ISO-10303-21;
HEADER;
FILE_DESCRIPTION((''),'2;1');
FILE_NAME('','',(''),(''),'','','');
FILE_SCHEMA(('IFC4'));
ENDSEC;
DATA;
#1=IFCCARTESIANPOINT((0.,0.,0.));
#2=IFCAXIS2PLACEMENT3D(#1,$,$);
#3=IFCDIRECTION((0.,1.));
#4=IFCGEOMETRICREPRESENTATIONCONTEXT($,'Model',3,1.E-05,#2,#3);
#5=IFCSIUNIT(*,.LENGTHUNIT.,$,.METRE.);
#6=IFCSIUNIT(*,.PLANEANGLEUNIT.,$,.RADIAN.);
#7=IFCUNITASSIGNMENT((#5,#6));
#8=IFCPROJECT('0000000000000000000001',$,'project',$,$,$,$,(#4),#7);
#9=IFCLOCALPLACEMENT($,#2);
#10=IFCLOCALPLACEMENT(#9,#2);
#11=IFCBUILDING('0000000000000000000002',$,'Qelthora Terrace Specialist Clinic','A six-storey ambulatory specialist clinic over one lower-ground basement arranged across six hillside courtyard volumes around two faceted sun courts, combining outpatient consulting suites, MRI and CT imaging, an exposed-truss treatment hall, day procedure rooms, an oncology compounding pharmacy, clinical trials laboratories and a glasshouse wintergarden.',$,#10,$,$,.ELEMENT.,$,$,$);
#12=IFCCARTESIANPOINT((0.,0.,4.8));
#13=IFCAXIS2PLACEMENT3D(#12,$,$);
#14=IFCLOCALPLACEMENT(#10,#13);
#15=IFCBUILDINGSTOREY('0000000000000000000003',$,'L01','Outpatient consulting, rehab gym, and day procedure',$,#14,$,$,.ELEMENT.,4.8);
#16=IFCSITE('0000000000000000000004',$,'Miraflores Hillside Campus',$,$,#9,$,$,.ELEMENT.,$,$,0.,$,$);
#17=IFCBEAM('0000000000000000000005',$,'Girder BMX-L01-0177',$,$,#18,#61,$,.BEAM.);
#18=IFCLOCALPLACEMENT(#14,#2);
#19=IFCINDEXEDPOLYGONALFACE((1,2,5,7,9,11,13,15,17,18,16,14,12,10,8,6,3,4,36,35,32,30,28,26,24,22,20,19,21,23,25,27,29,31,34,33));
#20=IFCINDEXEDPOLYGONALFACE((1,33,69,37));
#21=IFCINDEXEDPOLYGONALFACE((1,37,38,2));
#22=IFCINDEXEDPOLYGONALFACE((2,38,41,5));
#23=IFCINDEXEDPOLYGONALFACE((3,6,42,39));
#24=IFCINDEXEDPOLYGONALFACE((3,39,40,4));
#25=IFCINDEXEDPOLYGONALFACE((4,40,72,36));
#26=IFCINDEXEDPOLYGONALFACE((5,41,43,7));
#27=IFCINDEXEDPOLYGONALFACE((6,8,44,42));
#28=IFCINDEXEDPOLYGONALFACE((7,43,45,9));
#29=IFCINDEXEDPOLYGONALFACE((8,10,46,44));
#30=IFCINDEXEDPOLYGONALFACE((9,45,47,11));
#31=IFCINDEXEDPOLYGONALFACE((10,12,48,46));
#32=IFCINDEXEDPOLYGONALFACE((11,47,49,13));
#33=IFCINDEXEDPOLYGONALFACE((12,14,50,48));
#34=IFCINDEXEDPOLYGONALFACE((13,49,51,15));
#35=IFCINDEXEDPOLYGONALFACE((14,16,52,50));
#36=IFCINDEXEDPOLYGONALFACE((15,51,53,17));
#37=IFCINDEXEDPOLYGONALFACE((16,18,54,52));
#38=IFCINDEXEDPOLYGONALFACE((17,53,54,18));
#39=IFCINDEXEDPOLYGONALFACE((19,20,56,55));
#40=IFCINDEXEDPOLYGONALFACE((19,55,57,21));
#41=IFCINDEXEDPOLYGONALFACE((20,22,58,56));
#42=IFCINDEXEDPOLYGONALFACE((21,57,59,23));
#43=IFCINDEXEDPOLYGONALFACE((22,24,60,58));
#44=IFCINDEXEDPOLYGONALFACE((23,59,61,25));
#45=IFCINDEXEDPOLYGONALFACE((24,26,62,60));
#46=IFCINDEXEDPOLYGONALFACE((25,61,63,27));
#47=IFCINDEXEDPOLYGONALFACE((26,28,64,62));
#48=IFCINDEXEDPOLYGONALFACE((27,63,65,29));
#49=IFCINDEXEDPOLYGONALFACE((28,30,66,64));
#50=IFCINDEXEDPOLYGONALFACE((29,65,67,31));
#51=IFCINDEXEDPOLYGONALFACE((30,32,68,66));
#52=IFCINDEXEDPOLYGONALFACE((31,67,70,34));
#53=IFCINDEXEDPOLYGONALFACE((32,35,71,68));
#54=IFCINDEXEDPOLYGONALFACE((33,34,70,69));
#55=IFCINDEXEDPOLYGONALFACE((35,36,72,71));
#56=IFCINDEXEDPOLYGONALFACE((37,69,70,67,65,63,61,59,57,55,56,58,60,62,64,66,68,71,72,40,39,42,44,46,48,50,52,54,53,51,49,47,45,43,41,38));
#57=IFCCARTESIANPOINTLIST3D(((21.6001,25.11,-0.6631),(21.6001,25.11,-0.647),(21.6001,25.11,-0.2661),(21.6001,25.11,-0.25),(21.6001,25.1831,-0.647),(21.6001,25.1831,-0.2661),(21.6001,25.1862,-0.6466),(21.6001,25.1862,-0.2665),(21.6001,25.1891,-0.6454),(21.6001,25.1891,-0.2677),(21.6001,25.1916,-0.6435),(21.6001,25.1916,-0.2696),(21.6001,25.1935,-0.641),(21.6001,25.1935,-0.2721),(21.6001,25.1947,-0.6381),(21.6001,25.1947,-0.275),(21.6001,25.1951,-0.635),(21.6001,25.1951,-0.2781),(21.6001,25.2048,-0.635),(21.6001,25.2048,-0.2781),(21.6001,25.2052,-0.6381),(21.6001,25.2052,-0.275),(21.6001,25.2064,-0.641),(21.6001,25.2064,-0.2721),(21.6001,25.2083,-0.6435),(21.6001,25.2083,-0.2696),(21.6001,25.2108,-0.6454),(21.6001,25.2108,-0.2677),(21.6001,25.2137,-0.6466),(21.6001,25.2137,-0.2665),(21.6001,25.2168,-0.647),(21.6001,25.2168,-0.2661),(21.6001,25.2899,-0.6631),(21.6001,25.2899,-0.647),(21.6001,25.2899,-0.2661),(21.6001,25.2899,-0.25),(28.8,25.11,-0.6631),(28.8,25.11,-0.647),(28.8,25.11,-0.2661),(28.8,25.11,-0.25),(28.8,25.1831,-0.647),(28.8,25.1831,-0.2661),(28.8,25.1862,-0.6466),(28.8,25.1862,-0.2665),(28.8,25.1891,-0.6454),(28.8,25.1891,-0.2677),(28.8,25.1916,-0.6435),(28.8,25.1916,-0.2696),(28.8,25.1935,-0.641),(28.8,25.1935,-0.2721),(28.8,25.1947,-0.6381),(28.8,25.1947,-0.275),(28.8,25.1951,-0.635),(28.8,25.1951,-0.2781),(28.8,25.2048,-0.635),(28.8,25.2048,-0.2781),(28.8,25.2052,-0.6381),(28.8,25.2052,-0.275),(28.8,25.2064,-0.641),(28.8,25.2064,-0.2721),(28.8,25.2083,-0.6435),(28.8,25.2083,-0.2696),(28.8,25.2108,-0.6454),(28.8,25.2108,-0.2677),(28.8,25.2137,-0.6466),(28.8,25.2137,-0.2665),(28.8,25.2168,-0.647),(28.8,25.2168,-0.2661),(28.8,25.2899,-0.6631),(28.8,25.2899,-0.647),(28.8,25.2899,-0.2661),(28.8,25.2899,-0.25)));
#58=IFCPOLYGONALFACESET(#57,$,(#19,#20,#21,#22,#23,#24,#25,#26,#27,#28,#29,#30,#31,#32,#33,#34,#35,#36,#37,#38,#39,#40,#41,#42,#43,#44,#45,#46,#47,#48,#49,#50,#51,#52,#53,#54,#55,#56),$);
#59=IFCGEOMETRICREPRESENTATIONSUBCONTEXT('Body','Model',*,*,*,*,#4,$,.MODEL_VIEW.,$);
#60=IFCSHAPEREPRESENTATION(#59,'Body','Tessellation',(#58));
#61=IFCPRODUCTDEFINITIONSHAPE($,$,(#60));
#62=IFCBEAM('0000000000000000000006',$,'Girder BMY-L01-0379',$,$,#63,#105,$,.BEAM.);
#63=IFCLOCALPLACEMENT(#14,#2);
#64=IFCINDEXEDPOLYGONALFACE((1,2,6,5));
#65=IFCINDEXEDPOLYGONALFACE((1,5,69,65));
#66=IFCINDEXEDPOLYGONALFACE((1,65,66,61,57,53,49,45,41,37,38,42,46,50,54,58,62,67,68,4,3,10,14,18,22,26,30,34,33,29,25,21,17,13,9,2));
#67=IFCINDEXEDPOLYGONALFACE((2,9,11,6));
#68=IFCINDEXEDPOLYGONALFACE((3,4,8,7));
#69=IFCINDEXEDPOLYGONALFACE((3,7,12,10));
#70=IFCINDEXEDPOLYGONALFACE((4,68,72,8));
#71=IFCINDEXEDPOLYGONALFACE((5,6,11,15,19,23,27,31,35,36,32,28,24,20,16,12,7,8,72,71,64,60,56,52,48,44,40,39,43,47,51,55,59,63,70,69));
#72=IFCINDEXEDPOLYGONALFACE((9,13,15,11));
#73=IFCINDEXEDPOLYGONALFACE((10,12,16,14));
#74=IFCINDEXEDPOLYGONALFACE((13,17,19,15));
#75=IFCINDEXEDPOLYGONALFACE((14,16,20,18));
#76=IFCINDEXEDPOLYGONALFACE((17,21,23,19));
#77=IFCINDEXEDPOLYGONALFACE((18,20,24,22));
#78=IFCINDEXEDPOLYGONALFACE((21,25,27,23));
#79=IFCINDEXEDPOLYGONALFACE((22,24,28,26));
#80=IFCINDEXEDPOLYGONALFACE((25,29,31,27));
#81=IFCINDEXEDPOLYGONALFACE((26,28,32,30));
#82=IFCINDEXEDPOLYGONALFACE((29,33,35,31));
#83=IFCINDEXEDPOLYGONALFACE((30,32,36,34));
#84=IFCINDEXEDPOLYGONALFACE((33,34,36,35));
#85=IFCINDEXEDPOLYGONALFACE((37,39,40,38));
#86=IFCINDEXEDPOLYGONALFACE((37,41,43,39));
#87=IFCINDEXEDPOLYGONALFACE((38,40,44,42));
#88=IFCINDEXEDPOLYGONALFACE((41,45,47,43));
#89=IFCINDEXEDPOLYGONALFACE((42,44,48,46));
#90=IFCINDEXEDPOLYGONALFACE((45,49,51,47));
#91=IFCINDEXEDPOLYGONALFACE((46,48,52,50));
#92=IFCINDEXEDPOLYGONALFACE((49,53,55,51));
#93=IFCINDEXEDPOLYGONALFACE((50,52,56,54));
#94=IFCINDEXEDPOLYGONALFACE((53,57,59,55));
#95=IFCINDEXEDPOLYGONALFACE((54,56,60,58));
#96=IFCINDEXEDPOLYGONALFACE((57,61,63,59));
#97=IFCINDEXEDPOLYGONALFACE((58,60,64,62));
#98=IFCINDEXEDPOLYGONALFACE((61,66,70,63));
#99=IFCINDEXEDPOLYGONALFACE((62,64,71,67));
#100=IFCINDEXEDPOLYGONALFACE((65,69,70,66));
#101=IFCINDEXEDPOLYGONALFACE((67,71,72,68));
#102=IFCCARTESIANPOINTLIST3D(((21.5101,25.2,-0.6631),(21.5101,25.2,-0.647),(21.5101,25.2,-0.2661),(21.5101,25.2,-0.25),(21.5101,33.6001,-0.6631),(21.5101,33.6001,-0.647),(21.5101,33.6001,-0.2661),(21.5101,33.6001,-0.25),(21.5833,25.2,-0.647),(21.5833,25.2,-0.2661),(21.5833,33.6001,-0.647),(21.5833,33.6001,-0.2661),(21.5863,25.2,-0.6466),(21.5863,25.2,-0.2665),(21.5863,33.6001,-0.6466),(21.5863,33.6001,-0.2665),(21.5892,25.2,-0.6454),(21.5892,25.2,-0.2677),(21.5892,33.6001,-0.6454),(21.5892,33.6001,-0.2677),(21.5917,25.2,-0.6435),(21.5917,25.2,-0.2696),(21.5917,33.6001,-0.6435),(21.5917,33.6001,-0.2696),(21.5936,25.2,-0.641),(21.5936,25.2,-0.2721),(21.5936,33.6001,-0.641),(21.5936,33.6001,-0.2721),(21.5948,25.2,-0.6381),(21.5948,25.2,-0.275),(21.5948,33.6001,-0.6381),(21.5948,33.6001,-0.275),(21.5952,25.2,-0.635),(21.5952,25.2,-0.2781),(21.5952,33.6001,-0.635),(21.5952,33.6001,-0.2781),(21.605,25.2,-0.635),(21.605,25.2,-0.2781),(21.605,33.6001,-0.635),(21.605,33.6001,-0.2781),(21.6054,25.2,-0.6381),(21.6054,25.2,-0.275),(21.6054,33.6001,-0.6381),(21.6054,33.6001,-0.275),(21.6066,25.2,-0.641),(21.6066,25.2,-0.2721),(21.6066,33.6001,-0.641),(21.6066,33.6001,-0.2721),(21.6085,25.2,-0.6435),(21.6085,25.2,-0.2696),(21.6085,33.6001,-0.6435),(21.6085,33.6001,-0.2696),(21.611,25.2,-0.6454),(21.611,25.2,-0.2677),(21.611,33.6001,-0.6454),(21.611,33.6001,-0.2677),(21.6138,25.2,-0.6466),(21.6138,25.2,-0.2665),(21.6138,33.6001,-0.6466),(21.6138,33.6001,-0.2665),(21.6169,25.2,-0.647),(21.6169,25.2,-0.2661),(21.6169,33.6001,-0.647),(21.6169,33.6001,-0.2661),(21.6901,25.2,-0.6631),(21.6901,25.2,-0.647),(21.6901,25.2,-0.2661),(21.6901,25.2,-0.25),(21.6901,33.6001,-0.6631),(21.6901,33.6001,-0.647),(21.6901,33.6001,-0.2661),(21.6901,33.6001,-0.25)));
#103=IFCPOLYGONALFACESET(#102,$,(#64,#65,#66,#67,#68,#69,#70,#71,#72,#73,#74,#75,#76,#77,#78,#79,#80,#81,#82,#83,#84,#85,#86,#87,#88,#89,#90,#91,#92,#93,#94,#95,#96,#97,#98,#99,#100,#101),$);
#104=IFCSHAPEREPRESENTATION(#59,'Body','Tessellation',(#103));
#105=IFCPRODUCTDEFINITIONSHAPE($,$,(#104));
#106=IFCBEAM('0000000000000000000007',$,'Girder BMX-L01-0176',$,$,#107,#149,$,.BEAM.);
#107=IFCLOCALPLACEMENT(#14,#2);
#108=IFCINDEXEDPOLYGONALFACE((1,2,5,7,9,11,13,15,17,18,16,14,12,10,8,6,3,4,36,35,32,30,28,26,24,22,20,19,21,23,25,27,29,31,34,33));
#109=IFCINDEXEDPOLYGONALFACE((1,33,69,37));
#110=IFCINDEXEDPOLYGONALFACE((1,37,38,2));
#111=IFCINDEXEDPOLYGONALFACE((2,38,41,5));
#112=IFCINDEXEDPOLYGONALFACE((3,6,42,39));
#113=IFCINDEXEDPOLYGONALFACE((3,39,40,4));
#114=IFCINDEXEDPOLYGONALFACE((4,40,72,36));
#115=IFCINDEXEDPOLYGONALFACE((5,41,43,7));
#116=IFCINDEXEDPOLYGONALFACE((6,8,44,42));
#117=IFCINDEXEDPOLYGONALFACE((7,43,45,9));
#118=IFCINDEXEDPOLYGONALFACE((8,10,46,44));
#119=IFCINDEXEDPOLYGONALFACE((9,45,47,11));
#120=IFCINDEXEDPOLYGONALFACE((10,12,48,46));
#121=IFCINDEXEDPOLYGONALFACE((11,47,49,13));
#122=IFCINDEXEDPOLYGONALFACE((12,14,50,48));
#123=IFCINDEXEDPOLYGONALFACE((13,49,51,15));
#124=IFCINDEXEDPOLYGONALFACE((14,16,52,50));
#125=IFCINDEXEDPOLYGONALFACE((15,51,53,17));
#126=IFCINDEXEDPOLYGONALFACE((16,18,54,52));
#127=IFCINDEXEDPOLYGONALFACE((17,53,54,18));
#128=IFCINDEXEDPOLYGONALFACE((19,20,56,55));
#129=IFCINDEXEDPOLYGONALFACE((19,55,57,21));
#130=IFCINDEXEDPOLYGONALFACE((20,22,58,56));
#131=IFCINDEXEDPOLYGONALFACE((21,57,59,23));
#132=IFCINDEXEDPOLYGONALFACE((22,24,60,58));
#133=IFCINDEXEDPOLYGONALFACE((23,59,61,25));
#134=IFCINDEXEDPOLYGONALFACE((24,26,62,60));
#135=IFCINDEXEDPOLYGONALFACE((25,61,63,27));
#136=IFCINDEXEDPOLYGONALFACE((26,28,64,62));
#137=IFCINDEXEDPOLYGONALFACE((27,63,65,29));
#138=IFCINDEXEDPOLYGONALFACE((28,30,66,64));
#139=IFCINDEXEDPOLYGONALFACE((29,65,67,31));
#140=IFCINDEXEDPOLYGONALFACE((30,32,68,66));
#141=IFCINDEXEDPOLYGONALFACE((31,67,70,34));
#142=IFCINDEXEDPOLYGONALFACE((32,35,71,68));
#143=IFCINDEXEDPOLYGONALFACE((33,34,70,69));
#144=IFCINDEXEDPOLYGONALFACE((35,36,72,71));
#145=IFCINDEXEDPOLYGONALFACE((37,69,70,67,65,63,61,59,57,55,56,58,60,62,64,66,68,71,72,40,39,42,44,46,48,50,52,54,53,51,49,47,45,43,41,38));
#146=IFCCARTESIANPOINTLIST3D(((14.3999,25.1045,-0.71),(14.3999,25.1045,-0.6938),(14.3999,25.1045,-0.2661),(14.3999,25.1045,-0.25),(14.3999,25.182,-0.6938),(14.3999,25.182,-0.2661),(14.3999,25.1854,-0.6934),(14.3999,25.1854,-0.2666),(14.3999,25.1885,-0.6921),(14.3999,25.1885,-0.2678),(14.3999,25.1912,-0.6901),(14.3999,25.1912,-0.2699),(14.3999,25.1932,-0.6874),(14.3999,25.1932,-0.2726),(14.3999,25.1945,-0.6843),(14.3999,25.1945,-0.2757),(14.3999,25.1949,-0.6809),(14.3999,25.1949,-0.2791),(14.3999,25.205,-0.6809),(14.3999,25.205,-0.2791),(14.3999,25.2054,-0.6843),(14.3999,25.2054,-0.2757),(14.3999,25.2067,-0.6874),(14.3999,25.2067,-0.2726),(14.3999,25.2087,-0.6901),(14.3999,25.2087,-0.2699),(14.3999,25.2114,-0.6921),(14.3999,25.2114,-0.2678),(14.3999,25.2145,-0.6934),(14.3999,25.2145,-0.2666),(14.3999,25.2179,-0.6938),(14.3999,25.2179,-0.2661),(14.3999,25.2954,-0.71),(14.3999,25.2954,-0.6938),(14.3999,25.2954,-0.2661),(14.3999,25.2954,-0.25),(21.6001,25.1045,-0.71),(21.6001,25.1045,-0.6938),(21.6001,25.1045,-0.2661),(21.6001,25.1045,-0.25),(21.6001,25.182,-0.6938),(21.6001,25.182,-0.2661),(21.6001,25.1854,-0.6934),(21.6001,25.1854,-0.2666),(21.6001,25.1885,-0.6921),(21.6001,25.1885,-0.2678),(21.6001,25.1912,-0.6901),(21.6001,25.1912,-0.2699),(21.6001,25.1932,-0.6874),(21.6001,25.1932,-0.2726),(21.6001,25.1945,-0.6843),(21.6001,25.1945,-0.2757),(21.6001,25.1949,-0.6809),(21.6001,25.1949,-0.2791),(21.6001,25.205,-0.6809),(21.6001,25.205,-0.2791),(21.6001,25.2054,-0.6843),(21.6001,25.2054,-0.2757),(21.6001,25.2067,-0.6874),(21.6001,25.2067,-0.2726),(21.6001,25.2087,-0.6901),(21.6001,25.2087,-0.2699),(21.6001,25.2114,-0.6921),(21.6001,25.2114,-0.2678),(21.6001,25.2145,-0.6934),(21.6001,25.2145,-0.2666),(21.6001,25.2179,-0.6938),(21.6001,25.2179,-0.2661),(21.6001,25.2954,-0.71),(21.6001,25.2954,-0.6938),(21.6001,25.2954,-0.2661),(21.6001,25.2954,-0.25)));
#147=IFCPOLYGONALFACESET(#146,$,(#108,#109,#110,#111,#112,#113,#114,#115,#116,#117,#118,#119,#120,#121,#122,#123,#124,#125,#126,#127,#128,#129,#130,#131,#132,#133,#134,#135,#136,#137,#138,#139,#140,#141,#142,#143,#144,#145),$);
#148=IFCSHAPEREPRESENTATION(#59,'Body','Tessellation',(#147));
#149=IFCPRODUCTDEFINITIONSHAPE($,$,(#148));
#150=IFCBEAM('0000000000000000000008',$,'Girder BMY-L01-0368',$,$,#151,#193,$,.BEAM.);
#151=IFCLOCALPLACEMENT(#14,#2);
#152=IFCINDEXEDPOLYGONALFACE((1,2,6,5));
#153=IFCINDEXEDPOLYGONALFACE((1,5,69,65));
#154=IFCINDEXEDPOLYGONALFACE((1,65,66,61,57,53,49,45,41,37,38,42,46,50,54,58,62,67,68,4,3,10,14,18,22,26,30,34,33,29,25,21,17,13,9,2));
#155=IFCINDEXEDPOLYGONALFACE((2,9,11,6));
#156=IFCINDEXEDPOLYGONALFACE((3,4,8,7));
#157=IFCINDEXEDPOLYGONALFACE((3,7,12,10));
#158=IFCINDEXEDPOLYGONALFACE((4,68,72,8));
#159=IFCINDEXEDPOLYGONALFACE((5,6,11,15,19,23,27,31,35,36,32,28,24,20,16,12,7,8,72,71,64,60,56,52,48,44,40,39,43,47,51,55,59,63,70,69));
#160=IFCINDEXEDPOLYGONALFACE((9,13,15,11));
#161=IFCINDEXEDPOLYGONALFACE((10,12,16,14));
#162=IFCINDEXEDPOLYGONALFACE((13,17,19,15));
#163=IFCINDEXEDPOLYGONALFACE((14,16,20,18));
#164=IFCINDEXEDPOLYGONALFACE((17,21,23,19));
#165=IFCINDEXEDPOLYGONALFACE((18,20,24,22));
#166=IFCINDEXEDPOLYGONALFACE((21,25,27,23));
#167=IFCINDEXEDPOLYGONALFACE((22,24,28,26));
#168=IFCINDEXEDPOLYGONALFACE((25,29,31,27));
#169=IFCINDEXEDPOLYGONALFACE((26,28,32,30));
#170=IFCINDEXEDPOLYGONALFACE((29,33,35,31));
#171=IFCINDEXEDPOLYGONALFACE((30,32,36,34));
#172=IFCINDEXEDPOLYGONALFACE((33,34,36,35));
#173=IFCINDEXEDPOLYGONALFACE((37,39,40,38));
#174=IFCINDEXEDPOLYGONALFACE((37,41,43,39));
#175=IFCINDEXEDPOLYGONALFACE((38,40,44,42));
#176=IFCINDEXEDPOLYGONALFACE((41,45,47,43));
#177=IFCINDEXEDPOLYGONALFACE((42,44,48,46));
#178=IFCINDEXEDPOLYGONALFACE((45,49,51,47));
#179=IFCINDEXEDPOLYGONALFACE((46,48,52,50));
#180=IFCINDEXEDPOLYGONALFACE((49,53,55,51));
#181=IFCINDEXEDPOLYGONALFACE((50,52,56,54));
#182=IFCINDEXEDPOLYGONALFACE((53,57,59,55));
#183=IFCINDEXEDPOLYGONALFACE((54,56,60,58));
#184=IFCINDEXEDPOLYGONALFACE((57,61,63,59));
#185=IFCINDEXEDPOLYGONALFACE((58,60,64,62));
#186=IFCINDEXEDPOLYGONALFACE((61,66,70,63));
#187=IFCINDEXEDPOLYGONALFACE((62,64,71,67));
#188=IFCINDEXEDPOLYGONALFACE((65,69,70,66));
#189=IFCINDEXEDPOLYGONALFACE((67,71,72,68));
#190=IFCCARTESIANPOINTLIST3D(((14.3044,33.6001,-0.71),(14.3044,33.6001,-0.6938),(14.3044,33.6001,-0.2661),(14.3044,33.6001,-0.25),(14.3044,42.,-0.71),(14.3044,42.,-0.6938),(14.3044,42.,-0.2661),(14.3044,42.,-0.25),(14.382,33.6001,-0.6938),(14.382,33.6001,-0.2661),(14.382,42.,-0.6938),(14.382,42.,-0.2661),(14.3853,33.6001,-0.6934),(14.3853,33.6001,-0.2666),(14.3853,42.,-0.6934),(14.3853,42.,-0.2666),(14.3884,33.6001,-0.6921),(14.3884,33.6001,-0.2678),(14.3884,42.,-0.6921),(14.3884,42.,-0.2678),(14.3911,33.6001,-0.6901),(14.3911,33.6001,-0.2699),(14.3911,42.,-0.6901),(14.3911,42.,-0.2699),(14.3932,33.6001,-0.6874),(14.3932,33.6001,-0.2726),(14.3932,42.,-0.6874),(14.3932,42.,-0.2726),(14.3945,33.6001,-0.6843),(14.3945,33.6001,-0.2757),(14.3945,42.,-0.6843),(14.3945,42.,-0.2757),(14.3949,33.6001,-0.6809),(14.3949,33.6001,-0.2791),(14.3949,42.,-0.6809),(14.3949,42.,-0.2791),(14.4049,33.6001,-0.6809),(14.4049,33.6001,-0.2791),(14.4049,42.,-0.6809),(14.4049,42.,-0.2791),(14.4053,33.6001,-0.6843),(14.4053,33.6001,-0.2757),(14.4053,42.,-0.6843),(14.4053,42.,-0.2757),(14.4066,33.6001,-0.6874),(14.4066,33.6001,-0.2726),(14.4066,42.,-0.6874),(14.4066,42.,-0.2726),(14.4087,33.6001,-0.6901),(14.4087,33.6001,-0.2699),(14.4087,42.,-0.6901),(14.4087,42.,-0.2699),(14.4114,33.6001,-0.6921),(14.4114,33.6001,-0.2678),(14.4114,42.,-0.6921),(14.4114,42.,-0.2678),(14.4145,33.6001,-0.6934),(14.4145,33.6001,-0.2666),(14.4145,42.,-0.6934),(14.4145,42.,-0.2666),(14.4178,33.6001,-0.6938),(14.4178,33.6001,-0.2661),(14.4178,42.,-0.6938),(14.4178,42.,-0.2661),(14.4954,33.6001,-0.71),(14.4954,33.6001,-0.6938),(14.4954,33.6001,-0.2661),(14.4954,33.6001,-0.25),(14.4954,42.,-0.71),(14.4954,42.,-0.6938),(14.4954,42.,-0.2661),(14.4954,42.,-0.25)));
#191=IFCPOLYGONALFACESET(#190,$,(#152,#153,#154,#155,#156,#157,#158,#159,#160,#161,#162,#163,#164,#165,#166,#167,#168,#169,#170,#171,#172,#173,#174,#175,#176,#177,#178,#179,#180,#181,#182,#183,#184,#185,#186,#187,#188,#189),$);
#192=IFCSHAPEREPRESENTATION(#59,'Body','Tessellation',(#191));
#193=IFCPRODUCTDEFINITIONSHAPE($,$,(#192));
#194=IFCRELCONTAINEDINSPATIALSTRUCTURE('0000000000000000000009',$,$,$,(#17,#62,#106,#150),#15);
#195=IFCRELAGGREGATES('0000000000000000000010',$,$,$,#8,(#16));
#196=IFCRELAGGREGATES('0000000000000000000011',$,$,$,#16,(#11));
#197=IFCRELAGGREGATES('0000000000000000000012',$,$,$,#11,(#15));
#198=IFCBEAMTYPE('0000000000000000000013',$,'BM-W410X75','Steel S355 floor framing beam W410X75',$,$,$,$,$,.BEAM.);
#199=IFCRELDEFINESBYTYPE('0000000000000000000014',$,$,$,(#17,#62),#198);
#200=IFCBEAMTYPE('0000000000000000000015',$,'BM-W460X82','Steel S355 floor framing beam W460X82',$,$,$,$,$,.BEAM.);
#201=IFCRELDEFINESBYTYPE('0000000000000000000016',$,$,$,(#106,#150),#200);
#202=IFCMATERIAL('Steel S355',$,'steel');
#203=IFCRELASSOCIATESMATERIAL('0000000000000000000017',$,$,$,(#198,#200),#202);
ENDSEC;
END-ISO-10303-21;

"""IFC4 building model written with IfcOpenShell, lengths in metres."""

from ifc_helpers import new_model, si_unit, direction, frame, origin, origin_2d, place, context, subcontext, project, spatial, i_section, extrude, material, material_profile, profile_set, type_object, element, save


model = new_model("IFC4")

# Units and contexts
model_context = context("Model", 3, precision=1e-05, world=origin(), true_north=direction((0.0, 1.0)))
body_context = subcontext(model_context, "Body", "Model", "MODEL_VIEW")
ifc_project = project(units=[si_unit("LENGTHUNIT", "METRE"), si_unit("PLANEANGLEUNIT", "RADIAN")], contexts=[model_context])

# Site, building, storey
site_placement = place(None, origin())
site = spatial("IfcSite", under=ifc_project, at=site_placement, Name="Miraflores Hillside Campus", CompositionType="ELEMENT", RefElevation=0.0)
building_placement = place(site_placement, origin())
building = spatial("IfcBuilding", under=site, at=building_placement, Name="Qelthora Terrace Specialist Clinic", Description="A six-storey ambulatory specialist clinic over one lower-ground basement arranged across six hillside courtyard volumes around two faceted sun courts, combining outpatient consulting suites, MRI and CT imaging, an exposed-truss treatment hall, day procedure rooms, an oncology compounding pharmacy, clinical trials laboratories and a glasshouse wintergarden.", CompositionType="ELEMENT")
storey_placement = place(building_placement, frame((0.0, 0.0, 4.8)))
storey = spatial("IfcBuildingStorey", under=building, at=storey_placement, Name="L01", Description="Outpatient consulting, rehab gym, and day procedure", CompositionType="ELEMENT", Elevation=4.8)

# Shared definitions
ifc_material_1 = material(Name="Steel S355", Category="steel")

# Beams
ifc_material_profile_1 = material_profile(ifc_material_1, i_section(OverallWidth=0.1799, OverallDepth=0.4131, WebThickness=0.0098, FlangeThickness=0.0161, FilletRadius=0.012, at=origin_2d()), Name="W410X75")
ifc_profile_set_1 = profile_set([ifc_material_profile_1], Name="Steel S355")
beam_type_1 = type_object("IfcBeamType", Name="BM-W410X75", Description="Steel S355 floor framing beam W410X75", PredefinedType="BEAM", material=ifc_profile_set_1)
beam_1_placement = place(storey_placement, frame((21.6001, 25.2, -0.4565), z_axis=(1.0, 0.0, 0.0), x_axis=(0.0, 1.0, 0.0)))
element("IfcBeam", 1, at=beam_1_placement, inside=storey, type_object=beam_type_1, Name="Girder BMX-L01-0177", PredefinedType="BEAM", context=body_context, shape_type="SweptSolid", body=[
    extrude(i_section(OverallWidth=0.1799, OverallDepth=0.4131, WebThickness=0.0098, FlangeThickness=0.0161, FilletRadius=0.012, at=origin_2d()), origin(), (0.0, 0.0, 1.0), 7.2),
])
beam_2_placement = place(storey_placement, frame((21.6001, 25.2, -0.4565), z_axis=(0.0, 1.0, 0.0), x_axis=(-1.0, 0.0, 0.0)))
element("IfcBeam", 2, at=beam_2_placement, inside=storey, type_object=beam_type_1, Name="Girder BMY-L01-0379", PredefinedType="BEAM", context=body_context, shape_type="SweptSolid", body=[
    extrude(i_section(OverallWidth=0.1799, OverallDepth=0.4131, WebThickness=0.0098, FlangeThickness=0.0161, FilletRadius=0.012, at=origin_2d()), origin(), (0.0, 0.0, 1.0), 8.4001),
])
ifc_material_profile_2 = material_profile(ifc_material_1, i_section(OverallWidth=0.1909, OverallDepth=0.46, WebThickness=0.01, FlangeThickness=0.0161, FilletRadius=0.0129, at=origin_2d()), Name="W460X82")
ifc_profile_set_2 = profile_set([ifc_material_profile_2], Name="Steel S355")
beam_type_2 = type_object("IfcBeamType", Name="BM-W460X82", Description="Steel S355 floor framing beam W460X82", PredefinedType="BEAM", material=ifc_profile_set_2)
beam_3_placement = place(storey_placement, frame((14.3999, 25.2, -0.48), z_axis=(1.0, 0.0, 0.0), x_axis=(0.0, 1.0, 0.0)))
element("IfcBeam", 3, at=beam_3_placement, inside=storey, type_object=beam_type_2, Name="Girder BMX-L01-0176", PredefinedType="BEAM", context=body_context, shape_type="SweptSolid", body=[
    extrude(i_section(OverallWidth=0.1909, OverallDepth=0.46, WebThickness=0.01, FlangeThickness=0.0161, FilletRadius=0.0129, at=origin_2d()), origin(), (0.0, 0.0, 1.0), 7.2002),
])
beam_4_placement = place(storey_placement, frame((14.3999, 33.6001, -0.48), z_axis=(0.0, 1.0, 0.0), x_axis=(-1.0, 0.0, 0.0)))
element("IfcBeam", 4, at=beam_4_placement, inside=storey, type_object=beam_type_2, Name="Girder BMY-L01-0368", PredefinedType="BEAM", context=body_context, shape_type="SweptSolid", body=[
    extrude(i_section(OverallWidth=0.1909, OverallDepth=0.46, WebThickness=0.01, FlangeThickness=0.0161, FilletRadius=0.0129, at=origin_2d()), origin(), (0.0, 0.0, 1.0), 8.3999),
])

save(model, "model.ifc")
